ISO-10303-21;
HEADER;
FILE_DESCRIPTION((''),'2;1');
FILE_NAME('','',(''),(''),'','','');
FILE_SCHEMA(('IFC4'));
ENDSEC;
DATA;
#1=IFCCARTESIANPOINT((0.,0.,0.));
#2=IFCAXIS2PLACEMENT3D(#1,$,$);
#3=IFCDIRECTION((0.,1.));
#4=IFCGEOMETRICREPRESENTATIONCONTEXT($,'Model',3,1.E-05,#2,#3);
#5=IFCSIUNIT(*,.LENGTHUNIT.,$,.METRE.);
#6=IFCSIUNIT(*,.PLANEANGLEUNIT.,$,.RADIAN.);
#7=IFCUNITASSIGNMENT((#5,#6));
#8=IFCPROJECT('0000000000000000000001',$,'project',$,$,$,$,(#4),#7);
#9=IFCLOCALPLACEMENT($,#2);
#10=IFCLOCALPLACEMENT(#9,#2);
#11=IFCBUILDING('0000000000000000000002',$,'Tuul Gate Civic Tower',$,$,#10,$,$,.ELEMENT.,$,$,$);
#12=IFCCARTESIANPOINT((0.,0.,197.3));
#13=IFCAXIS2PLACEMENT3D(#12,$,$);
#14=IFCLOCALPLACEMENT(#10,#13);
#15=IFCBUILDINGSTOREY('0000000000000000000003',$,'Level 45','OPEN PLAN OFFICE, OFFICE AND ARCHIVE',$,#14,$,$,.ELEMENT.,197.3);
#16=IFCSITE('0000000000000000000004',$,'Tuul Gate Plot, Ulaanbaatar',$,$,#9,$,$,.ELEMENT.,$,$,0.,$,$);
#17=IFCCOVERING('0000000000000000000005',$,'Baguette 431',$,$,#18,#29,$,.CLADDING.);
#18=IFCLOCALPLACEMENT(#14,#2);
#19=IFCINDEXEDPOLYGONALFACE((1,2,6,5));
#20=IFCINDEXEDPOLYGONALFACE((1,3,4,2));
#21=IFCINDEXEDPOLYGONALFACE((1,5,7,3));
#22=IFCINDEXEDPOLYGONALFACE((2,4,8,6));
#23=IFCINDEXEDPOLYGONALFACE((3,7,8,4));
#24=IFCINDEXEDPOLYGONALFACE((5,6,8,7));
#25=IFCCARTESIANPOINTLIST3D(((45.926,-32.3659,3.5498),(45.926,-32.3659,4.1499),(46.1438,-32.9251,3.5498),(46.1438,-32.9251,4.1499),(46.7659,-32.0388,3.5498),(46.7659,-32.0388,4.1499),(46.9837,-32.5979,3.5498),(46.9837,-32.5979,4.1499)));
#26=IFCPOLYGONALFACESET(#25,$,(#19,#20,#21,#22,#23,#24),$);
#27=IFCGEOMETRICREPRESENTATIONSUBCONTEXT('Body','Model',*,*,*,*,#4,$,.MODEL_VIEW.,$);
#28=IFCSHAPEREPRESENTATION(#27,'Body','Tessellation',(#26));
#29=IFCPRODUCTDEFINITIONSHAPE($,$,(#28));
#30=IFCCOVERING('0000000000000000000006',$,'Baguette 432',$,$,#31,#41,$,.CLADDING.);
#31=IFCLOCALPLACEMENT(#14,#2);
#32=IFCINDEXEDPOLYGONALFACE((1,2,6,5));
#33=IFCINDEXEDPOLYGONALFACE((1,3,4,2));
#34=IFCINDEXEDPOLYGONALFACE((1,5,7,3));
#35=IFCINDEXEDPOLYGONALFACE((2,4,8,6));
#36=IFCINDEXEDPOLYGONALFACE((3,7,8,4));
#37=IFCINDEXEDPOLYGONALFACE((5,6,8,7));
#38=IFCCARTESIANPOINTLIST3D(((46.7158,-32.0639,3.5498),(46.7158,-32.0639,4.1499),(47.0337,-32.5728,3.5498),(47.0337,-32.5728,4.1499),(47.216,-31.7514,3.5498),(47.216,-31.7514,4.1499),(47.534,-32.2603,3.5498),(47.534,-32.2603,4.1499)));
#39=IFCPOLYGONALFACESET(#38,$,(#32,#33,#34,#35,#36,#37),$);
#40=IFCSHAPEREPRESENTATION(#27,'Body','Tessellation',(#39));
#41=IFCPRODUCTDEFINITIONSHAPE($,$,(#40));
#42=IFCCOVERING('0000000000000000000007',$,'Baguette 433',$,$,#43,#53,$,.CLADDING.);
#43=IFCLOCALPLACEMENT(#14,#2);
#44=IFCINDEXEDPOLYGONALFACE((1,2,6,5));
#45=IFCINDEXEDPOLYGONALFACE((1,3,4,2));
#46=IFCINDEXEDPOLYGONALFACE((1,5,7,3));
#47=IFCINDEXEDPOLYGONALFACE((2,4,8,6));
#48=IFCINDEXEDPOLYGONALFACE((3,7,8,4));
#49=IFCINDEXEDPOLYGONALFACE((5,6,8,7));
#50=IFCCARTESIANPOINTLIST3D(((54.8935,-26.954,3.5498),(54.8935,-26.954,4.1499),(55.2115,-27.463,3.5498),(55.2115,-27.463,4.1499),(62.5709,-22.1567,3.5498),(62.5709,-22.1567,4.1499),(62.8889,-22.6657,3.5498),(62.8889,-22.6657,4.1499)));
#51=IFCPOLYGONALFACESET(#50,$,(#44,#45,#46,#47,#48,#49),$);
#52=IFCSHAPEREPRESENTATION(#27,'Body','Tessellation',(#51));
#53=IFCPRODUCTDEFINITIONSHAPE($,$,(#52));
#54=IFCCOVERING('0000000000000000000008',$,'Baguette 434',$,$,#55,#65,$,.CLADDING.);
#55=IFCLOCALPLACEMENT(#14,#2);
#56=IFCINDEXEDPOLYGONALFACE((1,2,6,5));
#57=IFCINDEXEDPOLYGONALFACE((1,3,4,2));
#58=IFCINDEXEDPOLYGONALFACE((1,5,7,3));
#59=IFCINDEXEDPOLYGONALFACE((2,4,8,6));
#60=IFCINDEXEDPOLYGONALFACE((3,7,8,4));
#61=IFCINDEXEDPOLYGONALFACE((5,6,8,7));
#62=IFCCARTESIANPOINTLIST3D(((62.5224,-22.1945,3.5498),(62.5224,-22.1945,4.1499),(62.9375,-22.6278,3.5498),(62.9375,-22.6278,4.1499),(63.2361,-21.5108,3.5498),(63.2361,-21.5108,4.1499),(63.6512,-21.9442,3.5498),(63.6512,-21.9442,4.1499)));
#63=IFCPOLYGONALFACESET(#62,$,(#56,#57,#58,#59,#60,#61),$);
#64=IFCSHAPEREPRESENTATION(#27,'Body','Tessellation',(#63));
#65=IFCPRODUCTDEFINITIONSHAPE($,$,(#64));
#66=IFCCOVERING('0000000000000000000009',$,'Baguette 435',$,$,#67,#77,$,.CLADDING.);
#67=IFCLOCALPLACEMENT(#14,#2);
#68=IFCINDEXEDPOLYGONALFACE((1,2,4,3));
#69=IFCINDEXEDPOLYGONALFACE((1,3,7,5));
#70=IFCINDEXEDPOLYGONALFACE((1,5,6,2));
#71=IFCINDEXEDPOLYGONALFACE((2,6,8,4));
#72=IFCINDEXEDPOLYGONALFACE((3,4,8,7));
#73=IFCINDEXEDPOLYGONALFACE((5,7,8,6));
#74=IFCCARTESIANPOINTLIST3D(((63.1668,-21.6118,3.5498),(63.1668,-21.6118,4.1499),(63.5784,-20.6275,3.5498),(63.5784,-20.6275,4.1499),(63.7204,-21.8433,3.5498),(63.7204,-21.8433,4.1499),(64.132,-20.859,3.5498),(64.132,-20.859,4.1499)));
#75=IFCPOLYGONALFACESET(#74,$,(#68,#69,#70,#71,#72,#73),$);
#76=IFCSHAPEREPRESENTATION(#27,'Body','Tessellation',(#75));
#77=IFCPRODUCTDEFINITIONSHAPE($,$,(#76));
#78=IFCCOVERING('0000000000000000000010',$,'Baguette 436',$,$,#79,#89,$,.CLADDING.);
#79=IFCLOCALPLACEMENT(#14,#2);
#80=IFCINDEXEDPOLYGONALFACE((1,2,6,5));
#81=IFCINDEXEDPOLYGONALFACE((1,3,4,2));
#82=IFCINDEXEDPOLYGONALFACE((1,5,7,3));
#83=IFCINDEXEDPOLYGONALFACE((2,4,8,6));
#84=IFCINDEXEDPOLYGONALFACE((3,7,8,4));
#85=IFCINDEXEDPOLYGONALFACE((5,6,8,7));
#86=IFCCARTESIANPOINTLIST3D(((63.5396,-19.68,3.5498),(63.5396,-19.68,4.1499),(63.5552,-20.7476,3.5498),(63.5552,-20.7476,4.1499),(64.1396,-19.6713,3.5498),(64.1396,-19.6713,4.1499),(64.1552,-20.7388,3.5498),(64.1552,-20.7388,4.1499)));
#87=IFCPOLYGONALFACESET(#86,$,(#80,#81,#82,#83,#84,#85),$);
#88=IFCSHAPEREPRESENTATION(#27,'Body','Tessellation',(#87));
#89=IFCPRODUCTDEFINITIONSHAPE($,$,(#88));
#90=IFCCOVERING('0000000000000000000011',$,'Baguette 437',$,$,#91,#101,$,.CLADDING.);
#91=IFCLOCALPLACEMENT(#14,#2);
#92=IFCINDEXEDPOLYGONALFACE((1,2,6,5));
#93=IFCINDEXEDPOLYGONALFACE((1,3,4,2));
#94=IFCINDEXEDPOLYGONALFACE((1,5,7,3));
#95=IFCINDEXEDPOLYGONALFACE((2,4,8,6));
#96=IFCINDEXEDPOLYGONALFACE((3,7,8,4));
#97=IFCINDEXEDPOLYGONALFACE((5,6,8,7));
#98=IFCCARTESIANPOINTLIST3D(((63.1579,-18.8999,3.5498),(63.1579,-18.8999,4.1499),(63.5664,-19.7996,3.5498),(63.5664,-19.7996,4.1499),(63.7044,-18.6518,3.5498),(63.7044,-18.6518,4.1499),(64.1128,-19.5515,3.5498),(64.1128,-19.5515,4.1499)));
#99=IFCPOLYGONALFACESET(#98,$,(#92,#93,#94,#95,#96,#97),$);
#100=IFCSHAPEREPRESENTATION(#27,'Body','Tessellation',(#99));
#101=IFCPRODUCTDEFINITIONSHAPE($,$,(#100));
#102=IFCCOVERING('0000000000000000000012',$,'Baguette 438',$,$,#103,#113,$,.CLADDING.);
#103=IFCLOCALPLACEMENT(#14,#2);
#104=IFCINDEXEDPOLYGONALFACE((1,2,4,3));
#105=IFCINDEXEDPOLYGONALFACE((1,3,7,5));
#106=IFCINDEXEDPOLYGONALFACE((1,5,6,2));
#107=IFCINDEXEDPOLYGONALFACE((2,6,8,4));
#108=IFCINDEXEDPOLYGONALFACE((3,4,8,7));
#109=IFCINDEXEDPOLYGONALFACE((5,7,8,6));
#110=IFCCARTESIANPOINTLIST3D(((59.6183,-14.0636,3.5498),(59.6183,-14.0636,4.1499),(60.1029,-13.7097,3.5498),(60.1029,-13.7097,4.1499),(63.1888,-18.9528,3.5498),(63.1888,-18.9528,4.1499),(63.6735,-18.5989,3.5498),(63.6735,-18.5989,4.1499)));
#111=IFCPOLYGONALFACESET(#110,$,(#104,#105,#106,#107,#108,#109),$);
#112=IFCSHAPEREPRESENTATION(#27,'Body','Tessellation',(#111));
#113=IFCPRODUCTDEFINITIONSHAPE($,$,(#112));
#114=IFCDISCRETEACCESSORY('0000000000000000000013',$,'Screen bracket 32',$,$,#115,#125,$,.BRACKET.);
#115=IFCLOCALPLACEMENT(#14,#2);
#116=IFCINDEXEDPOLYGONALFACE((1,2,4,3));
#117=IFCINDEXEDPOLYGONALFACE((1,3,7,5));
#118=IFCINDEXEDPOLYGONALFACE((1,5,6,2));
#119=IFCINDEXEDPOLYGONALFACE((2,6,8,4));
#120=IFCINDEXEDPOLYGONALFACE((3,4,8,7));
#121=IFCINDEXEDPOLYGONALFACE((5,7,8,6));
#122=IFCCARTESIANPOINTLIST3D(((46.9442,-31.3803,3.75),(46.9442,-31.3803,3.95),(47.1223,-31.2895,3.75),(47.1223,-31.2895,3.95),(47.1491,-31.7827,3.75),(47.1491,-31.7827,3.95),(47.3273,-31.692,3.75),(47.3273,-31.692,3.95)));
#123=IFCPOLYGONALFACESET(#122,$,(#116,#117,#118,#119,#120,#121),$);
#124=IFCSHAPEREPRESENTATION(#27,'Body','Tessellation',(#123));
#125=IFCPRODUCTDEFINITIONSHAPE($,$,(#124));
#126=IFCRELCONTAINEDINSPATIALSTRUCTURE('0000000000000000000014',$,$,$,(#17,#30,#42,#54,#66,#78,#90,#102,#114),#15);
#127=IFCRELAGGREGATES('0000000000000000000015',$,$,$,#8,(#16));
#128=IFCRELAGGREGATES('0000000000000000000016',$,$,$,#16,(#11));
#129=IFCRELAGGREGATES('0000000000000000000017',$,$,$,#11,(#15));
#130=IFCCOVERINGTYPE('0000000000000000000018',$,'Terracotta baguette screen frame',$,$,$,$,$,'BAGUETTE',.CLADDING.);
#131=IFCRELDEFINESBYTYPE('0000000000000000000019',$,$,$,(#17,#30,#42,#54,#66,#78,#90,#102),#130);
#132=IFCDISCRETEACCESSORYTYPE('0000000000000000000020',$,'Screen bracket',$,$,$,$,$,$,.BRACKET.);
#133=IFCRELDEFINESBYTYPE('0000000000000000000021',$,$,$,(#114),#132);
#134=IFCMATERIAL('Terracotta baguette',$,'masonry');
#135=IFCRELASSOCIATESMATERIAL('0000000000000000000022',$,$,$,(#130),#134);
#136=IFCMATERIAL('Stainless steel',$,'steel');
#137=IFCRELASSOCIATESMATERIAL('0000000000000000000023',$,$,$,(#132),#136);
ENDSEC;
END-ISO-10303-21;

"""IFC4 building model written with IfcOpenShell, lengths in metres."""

from ifc_helpers import new_model, si_unit, direction, frame, origin, origin_2d, place, context, subcontext, project, spatial, rectangle, extrude, material, material_profile, profile_set, type_object, element, save


model = new_model("IFC4")

# Units and contexts
model_context = context("Model", 3, precision=1e-05, world=origin(), true_north=direction((0.0, 1.0)))
body_context = subcontext(model_context, "Body", "Model", "MODEL_VIEW")
ifc_project = project(units=[si_unit("LENGTHUNIT", "METRE"), si_unit("PLANEANGLEUNIT", "RADIAN")], contexts=[model_context])

# Site, building, storey
site_placement = place(None, origin())
site = spatial("IfcSite", under=ifc_project, at=site_placement, Name="Tuul Gate Plot, Ulaanbaatar", CompositionType="ELEMENT", RefElevation=0.0)
building_placement = place(site_placement, origin())
building = spatial("IfcBuilding", under=site, at=building_placement, Name="Tuul Gate Civic Tower", CompositionType="ELEMENT")
storey_placement = place(building_placement, frame((0.0, 0.0, 197.3)))
storey = spatial("IfcBuildingStorey", under=building, at=storey_placement, Name="Level 45", Description="OPEN PLAN OFFICE, OFFICE AND ARCHIVE", CompositionType="ELEMENT", Elevation=197.3)

# Coverings
ifc_material_1 = material(Name="Terracotta baguette", Category="masonry")
ifc_material_profile_1 = material_profile(ifc_material_1, rectangle(XDim=0.6001, YDim=0.6001, at=origin_2d()), Name="Terracotta baguette screen frame")
ifc_profile_set_1 = profile_set([ifc_material_profile_1], Name="Terracotta baguette")
covering_type = type_object("IfcCoveringType", Name="Terracotta baguette screen frame", ElementType="BAGUETTE", PredefinedType="CLADDING", material=ifc_profile_set_1)
covering_1_placement = place(storey_placement, frame((46.0349, -32.6455, 3.8499), z_axis=(0.931801, 0.362969, 0.0), x_axis=(-0.362969, 0.931801, 0.0)))
element("IfcCovering", 1, at=covering_1_placement, inside=storey, type_object=covering_type, Name="Baguette 431", PredefinedType="CLADDING", context=body_context, shape_type="SweptSolid", body=[
    extrude(rectangle(XDim=0.6001, YDim=0.6001, at=origin_2d()), origin(), (0.0, 0.0, 1.0), 0.9014),
])
covering_2_placement = place(storey_placement, frame((46.8748, -32.3184, 3.8499), z_axis=(0.848115, 0.529813, 0.0), x_axis=(-0.529813, 0.848115, 0.0)))
element("IfcCovering", 2, at=covering_2_placement, inside=storey, type_object=covering_type, Name="Baguette 432", PredefinedType="CLADDING", context=body_context, shape_type="SweptSolid", body=[
    extrude(rectangle(XDim=0.6001, YDim=0.6001, at=origin_2d()), origin(), (0.0, 0.0, 1.0), 0.5898),
])
covering_3_placement = place(storey_placement, frame((55.0525, -27.2085, 3.8499), z_axis=(0.848051, 0.529914, 0.0), x_axis=(-0.529914, 0.848051, 0.0)))
element("IfcCovering", 3, at=covering_3_placement, inside=storey, type_object=covering_type, Name="Baguette 433", PredefinedType="CLADDING", context=body_context, shape_type="SweptSolid", body=[
    extrude(rectangle(XDim=0.6001, YDim=0.6001, at=origin_2d()), origin(), (0.0, 0.0, 1.0), 9.053),
])
covering_4_placement = place(storey_placement, frame((62.73, -22.4111, 3.8499), z_axis=(0.722137, 0.69175, 0.0), x_axis=(-0.69175, 0.722137, 0.0)))
element("IfcCovering", 4, at=covering_4_placement, inside=storey, type_object=covering_type, Name="Baguette 434", PredefinedType="CLADDING", context=body_context, shape_type="SweptSolid", body=[
    extrude(rectangle(XDim=0.6001, YDim=0.6001, at=origin_2d()), origin(), (0.0, 0.0, 1.0), 0.9883),
])
covering_5_placement = place(storey_placement, frame((63.4436, -21.7275, 3.8499), z_axis=(0.385785, 0.922589, 0.0), x_axis=(-0.922589, 0.385785, 0.0)))
element("IfcCovering", 5, at=covering_5_placement, inside=storey, type_object=covering_type, Name="Baguette 435", PredefinedType="CLADDING", context=body_context, shape_type="SweptSolid", body=[
    extrude(rectangle(XDim=0.6001, YDim=0.6001, at=origin_2d()), origin(), (0.0, 0.0, 1.0), 1.0669),
])
covering_6_placement = place(storey_placement, frame((63.8552, -20.7432, 3.8499), z_axis=(-0.014634, 0.999893, 0.0), x_axis=(-0.999893, -0.014634, 0.0)))
element("IfcCovering", 6, at=covering_6_placement, inside=storey, type_object=covering_type, Name="Baguette 436", PredefinedType="CLADDING", context=body_context, shape_type="SweptSolid", body=[
    extrude(rectangle(XDim=0.6001, YDim=0.6001, at=origin_2d()), origin(), (0.0, 0.0, 1.0), 1.0676),
])
covering_7_placement = place(storey_placement, frame((63.8396, -19.6755, 3.8499), z_axis=(-0.413393, 0.910553, 0.0), x_axis=(-0.910553, -0.413393, 0.0)))
element("IfcCovering", 7, at=covering_7_placement, inside=storey, type_object=covering_type, Name="Baguette 437", PredefinedType="CLADDING", context=body_context, shape_type="SweptSolid", body=[
    extrude(rectangle(XDim=0.6001, YDim=0.6001, at=origin_2d()), origin(), (0.0, 0.0, 1.0), 0.988),
])
covering_8_placement = place(storey_placement, frame((63.4312, -18.7759, 3.8499), z_axis=(-0.58977, 0.807571, 0.0), x_axis=(-0.807571, -0.58977, 0.0)))
element("IfcCovering", 8, at=covering_8_placement, inside=storey, type_object=covering_type, Name="Baguette 438", PredefinedType="CLADDING", context=body_context, shape_type="SweptSolid", body=[
    extrude(rectangle(XDim=0.6001, YDim=0.6001, at=origin_2d()), origin(), (0.0, 0.0, 1.0), 6.0542),
])

# Discrete accessory
ifc_material_2 = material(Name="Stainless steel", Category="steel")
discrete_accessory_type = type_object("IfcDiscreteAccessoryType", Name="Screen bracket", PredefinedType="BRACKET", material=ifc_material_2)
discrete_accessory_placement = place(storey_placement, frame((47.1357, -31.5361, 3.75), z_axis=(0.0, 0.0, 1.0), x_axis=(0.453849, -0.891079, 0.0)))
element("IfcDiscreteAccessory", 9, at=discrete_accessory_placement, inside=storey, type_object=discrete_accessory_type, Name="Screen bracket 32", PredefinedType="BRACKET", context=body_context, shape_type="SweptSolid", body=[
    extrude(rectangle(XDim=0.4517, YDim=0.2, at=origin_2d()), origin(), (0.0, 0.0, 1.0), 0.2),
])

save(model, "model.ifc")
